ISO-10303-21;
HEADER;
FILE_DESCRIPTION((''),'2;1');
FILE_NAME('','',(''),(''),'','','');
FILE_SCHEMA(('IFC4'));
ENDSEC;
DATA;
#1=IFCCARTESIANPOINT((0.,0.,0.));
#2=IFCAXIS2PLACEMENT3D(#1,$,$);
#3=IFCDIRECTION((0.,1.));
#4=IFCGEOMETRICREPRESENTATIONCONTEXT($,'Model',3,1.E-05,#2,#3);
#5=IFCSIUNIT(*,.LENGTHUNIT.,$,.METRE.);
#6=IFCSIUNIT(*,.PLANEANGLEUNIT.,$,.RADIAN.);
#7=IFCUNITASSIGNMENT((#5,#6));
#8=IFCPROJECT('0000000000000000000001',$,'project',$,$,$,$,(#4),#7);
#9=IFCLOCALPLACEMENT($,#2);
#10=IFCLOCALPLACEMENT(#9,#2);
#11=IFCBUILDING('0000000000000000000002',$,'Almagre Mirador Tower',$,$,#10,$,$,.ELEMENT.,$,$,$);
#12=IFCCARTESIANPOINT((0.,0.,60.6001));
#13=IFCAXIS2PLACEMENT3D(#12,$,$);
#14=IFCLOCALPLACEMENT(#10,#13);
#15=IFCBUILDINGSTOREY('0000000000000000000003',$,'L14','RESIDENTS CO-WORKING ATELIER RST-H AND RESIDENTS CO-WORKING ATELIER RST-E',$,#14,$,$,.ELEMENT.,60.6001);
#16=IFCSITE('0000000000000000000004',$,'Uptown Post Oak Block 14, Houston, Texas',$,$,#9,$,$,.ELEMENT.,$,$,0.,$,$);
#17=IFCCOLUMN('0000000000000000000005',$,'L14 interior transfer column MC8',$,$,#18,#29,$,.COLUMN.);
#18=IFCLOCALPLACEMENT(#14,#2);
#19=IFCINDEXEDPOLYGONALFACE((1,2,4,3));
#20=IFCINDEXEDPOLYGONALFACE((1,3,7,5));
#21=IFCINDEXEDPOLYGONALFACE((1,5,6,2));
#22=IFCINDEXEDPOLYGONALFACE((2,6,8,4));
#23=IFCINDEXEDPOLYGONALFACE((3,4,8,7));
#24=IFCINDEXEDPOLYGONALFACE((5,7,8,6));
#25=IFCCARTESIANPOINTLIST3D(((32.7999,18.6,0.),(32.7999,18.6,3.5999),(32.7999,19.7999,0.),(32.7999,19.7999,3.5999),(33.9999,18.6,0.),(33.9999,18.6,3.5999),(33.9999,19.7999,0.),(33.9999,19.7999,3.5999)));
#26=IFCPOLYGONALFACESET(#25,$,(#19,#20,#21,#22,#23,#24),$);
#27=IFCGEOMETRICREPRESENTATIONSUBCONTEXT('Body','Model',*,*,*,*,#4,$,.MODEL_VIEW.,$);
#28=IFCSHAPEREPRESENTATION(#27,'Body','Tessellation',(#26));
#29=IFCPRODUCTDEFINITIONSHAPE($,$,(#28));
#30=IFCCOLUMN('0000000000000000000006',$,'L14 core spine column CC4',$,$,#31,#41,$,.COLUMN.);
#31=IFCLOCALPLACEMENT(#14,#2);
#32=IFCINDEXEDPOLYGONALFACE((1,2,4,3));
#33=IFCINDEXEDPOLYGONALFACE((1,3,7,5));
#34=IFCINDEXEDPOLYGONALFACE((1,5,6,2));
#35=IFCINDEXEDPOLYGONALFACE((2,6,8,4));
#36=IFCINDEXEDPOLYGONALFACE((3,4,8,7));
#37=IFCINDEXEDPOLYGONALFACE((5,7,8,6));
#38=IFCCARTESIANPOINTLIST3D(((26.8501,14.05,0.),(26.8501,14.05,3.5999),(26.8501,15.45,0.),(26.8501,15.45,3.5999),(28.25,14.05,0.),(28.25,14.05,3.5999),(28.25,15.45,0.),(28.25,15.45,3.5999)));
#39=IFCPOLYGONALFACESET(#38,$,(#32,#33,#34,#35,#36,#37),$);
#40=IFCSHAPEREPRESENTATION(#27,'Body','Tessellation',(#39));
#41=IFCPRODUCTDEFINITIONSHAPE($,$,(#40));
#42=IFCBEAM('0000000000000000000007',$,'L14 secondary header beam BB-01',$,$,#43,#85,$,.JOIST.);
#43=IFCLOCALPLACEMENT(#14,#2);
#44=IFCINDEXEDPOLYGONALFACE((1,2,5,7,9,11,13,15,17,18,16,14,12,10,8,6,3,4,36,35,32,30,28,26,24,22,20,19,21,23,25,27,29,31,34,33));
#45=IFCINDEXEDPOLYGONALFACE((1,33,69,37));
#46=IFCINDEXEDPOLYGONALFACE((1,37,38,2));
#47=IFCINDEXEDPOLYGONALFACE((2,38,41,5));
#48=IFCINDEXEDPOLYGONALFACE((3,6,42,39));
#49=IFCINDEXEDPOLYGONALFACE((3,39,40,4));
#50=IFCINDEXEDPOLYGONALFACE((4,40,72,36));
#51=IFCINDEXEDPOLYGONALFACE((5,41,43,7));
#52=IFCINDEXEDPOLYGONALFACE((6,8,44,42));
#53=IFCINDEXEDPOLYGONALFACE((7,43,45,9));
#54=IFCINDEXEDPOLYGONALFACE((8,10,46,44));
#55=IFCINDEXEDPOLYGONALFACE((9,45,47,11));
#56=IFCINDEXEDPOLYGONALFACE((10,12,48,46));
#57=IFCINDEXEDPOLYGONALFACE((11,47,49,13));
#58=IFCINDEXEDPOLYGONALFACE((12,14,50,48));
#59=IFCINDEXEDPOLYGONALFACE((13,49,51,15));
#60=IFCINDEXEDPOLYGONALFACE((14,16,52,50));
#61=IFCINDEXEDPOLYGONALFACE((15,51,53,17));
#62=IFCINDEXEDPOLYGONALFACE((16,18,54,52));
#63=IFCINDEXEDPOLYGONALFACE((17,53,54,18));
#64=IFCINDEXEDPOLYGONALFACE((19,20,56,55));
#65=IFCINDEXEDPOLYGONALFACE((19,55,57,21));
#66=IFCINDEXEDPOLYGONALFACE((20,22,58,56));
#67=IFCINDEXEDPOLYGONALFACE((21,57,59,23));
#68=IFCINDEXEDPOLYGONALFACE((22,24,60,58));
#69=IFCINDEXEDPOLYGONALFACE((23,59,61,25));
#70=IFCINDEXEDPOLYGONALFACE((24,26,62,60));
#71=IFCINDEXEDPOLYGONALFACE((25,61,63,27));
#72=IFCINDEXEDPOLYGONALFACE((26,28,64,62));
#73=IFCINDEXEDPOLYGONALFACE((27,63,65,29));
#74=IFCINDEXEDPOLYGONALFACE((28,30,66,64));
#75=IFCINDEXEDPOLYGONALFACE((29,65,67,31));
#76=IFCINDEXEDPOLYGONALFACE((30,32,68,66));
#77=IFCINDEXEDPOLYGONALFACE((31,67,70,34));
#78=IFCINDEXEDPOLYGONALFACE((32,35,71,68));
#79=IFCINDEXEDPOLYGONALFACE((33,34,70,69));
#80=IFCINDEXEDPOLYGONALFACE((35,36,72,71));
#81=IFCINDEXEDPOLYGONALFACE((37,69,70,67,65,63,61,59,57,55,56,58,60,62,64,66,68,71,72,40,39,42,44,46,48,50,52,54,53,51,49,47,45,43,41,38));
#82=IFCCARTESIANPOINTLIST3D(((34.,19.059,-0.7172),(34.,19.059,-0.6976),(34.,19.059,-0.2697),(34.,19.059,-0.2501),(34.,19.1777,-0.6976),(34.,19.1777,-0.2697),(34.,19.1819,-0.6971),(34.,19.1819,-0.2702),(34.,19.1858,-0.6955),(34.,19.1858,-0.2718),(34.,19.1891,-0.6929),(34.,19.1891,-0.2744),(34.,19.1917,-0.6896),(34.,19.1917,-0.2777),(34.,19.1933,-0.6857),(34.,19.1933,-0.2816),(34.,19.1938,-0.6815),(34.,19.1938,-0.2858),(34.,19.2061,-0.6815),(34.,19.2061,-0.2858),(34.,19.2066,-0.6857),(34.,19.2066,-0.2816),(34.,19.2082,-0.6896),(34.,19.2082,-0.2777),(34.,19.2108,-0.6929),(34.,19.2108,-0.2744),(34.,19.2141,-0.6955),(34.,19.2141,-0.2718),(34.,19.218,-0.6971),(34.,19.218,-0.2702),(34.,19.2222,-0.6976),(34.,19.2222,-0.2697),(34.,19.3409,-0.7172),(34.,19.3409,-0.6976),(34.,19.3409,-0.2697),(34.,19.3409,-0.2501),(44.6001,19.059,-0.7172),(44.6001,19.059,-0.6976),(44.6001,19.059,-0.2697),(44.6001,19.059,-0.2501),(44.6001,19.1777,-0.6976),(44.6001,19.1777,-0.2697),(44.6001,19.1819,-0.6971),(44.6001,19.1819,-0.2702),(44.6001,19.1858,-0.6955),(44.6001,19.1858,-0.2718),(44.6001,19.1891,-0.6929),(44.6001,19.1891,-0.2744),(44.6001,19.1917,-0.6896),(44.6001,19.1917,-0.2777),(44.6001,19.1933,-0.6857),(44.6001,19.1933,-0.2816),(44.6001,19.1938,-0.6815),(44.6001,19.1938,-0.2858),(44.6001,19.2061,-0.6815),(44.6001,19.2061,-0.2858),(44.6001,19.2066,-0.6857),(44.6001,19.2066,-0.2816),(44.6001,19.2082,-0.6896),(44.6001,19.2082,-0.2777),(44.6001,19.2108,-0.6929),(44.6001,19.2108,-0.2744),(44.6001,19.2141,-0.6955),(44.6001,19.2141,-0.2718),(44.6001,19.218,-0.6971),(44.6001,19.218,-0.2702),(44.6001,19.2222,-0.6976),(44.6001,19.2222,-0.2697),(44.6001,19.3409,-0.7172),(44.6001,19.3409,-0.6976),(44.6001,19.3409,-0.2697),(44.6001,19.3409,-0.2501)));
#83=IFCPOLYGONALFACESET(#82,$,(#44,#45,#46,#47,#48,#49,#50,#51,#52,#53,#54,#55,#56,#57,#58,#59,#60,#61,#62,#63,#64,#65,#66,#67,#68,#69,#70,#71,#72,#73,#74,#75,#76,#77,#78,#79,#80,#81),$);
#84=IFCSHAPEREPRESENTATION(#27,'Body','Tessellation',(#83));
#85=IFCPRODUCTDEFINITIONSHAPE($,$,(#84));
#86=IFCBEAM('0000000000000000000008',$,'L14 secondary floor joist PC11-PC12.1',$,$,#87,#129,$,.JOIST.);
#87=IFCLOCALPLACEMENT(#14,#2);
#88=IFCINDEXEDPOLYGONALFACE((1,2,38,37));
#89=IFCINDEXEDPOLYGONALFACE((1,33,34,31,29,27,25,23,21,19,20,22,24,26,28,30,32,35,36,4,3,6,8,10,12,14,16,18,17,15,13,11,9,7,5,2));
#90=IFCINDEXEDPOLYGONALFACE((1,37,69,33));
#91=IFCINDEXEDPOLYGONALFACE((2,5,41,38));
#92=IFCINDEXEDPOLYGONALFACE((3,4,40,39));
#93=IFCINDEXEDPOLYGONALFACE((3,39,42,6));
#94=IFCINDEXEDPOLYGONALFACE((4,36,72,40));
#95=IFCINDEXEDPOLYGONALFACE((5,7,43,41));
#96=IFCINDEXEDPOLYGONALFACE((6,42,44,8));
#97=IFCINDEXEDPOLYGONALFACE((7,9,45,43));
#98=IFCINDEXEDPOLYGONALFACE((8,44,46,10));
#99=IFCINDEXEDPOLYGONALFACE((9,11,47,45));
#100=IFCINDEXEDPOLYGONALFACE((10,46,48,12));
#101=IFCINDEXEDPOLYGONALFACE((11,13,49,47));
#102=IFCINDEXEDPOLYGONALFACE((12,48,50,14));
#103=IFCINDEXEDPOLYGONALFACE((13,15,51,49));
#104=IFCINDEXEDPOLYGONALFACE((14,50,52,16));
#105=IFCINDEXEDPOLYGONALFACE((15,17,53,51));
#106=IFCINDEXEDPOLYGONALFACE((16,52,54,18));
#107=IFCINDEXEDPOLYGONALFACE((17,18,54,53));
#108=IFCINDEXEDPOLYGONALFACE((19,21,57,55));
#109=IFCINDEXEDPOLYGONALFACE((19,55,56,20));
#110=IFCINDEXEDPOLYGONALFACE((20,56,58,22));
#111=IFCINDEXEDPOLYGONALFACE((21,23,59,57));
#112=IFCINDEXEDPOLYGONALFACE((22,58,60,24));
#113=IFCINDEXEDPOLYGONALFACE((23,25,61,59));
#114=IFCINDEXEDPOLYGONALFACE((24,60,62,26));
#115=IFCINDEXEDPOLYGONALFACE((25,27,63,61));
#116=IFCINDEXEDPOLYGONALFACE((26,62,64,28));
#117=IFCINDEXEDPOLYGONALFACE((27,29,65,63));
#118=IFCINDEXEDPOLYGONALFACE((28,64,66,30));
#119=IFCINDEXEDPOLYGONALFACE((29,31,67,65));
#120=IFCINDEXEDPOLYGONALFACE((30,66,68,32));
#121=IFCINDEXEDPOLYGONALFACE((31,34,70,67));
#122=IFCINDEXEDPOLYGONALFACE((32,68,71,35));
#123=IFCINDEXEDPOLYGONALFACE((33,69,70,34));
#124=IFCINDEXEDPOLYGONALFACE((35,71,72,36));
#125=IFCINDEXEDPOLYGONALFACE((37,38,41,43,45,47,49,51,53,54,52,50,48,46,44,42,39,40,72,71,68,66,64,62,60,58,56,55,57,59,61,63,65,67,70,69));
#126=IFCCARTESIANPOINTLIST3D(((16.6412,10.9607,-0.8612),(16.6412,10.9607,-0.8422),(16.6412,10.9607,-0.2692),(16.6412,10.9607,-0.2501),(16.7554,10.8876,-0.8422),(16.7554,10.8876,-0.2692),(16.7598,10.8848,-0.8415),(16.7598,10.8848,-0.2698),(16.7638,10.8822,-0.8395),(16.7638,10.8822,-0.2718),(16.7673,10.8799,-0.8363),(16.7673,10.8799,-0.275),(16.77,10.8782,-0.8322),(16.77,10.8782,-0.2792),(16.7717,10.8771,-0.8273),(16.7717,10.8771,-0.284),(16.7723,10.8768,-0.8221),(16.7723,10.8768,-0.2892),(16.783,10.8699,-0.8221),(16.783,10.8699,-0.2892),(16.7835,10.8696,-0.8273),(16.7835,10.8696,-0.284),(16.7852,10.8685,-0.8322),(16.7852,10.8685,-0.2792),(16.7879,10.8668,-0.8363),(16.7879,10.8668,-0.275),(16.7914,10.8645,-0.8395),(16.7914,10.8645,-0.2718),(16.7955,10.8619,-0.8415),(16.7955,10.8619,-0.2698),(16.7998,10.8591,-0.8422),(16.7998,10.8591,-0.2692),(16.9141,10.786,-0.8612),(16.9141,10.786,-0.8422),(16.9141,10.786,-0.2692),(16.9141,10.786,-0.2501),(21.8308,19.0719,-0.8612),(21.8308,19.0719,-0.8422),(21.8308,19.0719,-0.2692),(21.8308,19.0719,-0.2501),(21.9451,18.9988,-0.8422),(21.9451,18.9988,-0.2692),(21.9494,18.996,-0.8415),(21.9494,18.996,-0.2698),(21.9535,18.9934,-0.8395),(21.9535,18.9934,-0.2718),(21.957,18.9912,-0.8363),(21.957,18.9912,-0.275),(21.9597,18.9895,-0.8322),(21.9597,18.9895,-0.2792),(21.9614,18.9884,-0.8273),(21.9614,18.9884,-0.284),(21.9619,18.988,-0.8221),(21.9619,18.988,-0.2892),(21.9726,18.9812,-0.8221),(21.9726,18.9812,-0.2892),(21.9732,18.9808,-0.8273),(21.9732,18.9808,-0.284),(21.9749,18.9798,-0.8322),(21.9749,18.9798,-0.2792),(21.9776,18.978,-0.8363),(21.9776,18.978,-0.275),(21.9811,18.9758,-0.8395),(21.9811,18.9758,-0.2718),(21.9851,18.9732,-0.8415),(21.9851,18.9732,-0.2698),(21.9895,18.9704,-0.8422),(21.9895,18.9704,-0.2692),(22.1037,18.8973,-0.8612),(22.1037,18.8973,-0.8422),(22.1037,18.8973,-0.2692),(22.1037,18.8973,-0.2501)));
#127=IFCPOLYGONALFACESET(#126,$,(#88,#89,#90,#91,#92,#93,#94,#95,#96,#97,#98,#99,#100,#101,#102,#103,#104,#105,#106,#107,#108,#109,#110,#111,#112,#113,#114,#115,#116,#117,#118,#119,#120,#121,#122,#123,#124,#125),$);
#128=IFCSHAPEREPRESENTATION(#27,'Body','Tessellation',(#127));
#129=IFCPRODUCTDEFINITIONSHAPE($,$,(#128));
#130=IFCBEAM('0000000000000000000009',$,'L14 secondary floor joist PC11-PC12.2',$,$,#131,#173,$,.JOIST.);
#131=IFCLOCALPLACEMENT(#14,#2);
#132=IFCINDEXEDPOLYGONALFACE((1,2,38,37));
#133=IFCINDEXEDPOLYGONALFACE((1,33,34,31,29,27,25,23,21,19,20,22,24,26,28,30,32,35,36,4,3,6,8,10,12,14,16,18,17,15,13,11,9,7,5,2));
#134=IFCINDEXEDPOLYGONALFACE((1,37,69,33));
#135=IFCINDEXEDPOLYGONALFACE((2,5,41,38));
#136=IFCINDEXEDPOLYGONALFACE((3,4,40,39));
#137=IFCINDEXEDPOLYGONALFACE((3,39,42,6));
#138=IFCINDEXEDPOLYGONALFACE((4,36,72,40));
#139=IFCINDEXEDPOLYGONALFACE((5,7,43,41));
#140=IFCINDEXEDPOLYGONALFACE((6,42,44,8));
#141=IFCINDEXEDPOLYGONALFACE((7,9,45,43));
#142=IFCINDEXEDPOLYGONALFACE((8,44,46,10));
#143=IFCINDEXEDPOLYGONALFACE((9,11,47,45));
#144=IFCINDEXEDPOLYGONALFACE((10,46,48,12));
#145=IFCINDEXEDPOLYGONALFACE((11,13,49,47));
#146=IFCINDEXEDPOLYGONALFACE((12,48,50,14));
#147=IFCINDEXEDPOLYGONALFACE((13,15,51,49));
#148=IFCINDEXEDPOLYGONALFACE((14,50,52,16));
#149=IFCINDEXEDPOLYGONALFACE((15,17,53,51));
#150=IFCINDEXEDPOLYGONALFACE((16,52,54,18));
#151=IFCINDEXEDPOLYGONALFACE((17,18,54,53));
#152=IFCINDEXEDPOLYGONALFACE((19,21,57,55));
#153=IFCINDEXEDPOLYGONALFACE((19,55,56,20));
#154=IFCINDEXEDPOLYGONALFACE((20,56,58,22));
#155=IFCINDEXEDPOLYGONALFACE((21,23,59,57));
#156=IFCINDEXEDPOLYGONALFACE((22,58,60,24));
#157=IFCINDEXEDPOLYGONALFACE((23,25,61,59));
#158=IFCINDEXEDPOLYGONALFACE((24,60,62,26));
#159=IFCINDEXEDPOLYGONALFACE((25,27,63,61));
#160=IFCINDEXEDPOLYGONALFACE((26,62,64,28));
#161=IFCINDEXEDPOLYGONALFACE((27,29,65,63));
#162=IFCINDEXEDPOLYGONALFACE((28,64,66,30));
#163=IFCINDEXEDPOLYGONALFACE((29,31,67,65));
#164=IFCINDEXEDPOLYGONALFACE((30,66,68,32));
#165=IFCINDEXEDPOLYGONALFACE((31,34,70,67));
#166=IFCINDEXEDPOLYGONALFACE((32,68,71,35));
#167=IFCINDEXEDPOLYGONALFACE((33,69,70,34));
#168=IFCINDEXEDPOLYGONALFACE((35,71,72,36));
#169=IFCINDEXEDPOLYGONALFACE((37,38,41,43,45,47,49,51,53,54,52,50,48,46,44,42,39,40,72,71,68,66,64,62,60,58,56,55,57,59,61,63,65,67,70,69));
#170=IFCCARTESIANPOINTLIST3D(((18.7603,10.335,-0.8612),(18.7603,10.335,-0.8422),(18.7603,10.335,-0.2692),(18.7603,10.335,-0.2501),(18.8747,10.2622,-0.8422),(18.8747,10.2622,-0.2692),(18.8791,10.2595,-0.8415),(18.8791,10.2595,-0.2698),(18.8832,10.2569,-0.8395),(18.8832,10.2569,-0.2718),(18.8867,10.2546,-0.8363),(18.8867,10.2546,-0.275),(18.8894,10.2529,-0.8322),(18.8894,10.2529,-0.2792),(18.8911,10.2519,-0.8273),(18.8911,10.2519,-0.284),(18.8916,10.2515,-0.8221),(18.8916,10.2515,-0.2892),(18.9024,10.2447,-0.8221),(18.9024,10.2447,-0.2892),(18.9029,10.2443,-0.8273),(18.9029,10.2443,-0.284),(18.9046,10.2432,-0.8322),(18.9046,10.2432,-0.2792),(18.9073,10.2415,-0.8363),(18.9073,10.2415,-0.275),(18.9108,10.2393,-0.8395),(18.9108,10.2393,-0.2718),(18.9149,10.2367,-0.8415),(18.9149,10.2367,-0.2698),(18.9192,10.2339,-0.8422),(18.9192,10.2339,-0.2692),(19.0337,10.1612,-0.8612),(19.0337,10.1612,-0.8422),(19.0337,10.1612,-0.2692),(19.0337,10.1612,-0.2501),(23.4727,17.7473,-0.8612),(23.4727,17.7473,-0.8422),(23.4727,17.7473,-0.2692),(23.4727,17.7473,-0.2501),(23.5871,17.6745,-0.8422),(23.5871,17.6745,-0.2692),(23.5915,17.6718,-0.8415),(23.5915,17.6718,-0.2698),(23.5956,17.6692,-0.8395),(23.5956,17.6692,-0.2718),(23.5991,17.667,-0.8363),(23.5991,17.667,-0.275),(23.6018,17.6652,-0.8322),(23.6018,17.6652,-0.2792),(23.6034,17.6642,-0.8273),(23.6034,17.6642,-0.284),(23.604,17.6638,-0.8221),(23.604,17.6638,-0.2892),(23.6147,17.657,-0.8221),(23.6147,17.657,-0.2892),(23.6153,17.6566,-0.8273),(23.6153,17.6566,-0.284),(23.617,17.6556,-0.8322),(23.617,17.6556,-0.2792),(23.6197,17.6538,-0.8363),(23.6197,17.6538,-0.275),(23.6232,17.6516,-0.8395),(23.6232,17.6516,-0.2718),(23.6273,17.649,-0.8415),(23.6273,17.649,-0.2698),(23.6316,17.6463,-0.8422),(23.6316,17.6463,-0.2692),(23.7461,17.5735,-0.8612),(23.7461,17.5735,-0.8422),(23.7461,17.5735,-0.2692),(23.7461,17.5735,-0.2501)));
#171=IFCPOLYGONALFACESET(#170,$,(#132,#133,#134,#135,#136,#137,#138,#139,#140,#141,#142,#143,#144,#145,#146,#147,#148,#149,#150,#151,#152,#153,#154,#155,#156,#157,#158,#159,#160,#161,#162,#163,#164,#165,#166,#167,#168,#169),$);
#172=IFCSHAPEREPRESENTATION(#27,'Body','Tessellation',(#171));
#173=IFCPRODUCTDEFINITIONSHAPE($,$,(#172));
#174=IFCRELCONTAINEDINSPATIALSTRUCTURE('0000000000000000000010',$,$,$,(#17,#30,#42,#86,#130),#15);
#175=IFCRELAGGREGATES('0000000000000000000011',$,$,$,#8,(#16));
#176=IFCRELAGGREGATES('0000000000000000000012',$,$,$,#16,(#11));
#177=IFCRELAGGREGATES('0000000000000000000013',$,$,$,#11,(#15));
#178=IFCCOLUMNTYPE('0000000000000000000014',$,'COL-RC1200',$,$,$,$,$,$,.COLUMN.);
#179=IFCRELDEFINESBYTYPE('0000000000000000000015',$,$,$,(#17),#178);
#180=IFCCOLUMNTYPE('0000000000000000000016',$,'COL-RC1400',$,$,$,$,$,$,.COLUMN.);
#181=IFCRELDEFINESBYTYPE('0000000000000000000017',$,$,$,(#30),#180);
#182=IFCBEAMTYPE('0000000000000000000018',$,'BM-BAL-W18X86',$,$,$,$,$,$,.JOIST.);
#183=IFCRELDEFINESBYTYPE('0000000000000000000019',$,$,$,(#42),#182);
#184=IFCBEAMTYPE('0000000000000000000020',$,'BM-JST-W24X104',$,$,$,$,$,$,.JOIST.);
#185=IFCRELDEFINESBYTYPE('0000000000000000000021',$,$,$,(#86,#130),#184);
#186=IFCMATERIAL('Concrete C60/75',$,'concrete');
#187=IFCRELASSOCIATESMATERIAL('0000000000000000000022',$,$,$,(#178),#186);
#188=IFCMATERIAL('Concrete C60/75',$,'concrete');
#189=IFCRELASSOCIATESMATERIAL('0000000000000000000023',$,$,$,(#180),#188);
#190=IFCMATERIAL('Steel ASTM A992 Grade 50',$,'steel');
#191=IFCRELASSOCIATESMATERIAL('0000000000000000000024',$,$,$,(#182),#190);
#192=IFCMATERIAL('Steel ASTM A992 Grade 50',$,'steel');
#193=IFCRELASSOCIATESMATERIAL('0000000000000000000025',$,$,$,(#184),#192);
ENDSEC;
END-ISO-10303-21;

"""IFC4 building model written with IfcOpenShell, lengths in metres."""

from ifc_helpers import new_model, si_unit, direction, frame, origin, origin_2d, place, context, subcontext, project, spatial, rectangle, i_section, extrude, material, material_profile, profile_set, type_object, element, save


model = new_model("IFC4")

# Units and contexts
model_context = context("Model", 3, precision=1e-05, world=origin(), true_north=direction((0.0, 1.0)))
body_context = subcontext(model_context, "Body", "Model", "MODEL_VIEW")
ifc_project = project(units=[si_unit("LENGTHUNIT", "METRE"), si_unit("PLANEANGLEUNIT", "RADIAN")], contexts=[model_context])

# Site, building, storey
site_placement = place(None, origin())
site = spatial("IfcSite", under=ifc_project, at=site_placement, Name="Uptown Post Oak Block 14, Houston, Texas", CompositionType="ELEMENT", RefElevation=0.0)
building_placement = place(site_placement, origin())
building = spatial("IfcBuilding", under=site, at=building_placement, Name="Almagre Mirador Tower", CompositionType="ELEMENT")
storey_placement = place(building_placement, frame((0.0, 0.0, 60.6001)))
storey = spatial("IfcBuildingStorey", under=building, at=storey_placement, Name="L14", Description="RESIDENTS CO-WORKING ATELIER RST-H AND RESIDENTS CO-WORKING ATELIER RST-E", CompositionType="ELEMENT", Elevation=60.6001)

# Columns
ifc_material_1 = material(Name="Concrete C60/75", Category="concrete")
ifc_material_profile_1 = material_profile(ifc_material_1, rectangle(XDim=1.2, YDim=1.2, at=origin_2d()), Name="RC1200X1200")
ifc_profile_set_1 = profile_set([ifc_material_profile_1], Name="Concrete C60/75")
column_type_1 = type_object("IfcColumnType", Name="COL-RC1200", PredefinedType="COLUMN", material=ifc_profile_set_1)
column_1_placement = place(storey_placement, frame((33.3999, 19.2, 0.0), z_axis=(0.0, 0.0, 1.0), x_axis=(1.0, 0.0, 0.0)))
element("IfcColumn", 1, at=column_1_placement, inside=storey, type_object=column_type_1, Name="L14 interior transfer column MC8", PredefinedType="COLUMN", context=body_context, shape_type="SweptSolid", body=[
    extrude(rectangle(XDim=1.2, YDim=1.2, at=origin_2d()), origin(), (0.0, 0.0, 1.0), 3.5999),
])
ifc_material_2 = material(Name="Concrete C60/75", Category="concrete")
ifc_material_profile_2 = material_profile(ifc_material_2, rectangle(XDim=1.3999, YDim=1.3999, at=origin_2d()), Name="RC1400X1400")
ifc_profile_set_2 = profile_set([ifc_material_profile_2], Name="Concrete C60/75")
column_type_2 = type_object("IfcColumnType", Name="COL-RC1400", PredefinedType="COLUMN", material=ifc_profile_set_2)
column_2_placement = place(storey_placement, frame((27.55, 14.75, 0.0), z_axis=(0.0, 0.0, 1.0), x_axis=(1.0, 0.0, 0.0)))
element("IfcColumn", 2, at=column_2_placement, inside=storey, type_object=column_type_2, Name="L14 core spine column CC4", PredefinedType="COLUMN", context=body_context, shape_type="SweptSolid", body=[
    extrude(rectangle(XDim=1.3999, YDim=1.3999, at=origin_2d()), origin(), (0.0, 0.0, 1.0), 3.5999),
])

# Beams
ifc_material_3 = material(Name="Steel ASTM A992 Grade 50", Category="steel")
ifc_material_profile_3 = material_profile(ifc_material_3, i_section(OverallWidth=0.282, OverallDepth=0.467, WebThickness=0.0122, FlangeThickness=0.0195, FilletRadius=0.0161, at=origin_2d()), Name="W18X86")
ifc_profile_set_3 = profile_set([ifc_material_profile_3], Name="Steel ASTM A992 Grade 50")
beam_type_1 = type_object("IfcBeamType", Name="BM-BAL-W18X86", PredefinedType="JOIST", material=ifc_profile_set_3)
beam_1_placement = place(storey_placement, frame((34.0, 19.2, -0.4836), z_axis=(1.0, 0.0, 0.0), x_axis=(0.0, 1.0, 0.0)))
element("IfcBeam", 3, at=beam_1_placement, inside=storey, type_object=beam_type_1, Name="L14 secondary header beam BB-01", PredefinedType="JOIST", context=body_context, shape_type="SweptSolid", body=[
    extrude(i_section(OverallWidth=0.282, OverallDepth=0.467, WebThickness=0.0122, FlangeThickness=0.0195, FilletRadius=0.0161, at=origin_2d()), origin(), (0.0, 0.0, 1.0), 10.6001),
])
ifc_material_4 = material(Name="Steel ASTM A992 Grade 50", Category="steel")
ifc_material_profile_4 = material_profile(ifc_material_4, i_section(OverallWidth=0.324, OverallDepth=0.6111, WebThickness=0.0127, FlangeThickness=0.019, FilletRadius=0.02, at=origin_2d()), Name="W24X104")
ifc_profile_set_4 = profile_set([ifc_material_profile_4], Name="Steel ASTM A992 Grade 50")
beam_type_2 = type_object("IfcBeamType", Name="BM-JST-W24X104", PredefinedType="JOIST", material=ifc_profile_set_4)
beam_2_placement = place(storey_placement, frame((21.9673, 18.9846, -0.5557), z_axis=(-0.538939, -0.842345, 0.0), x_axis=(0.842345, -0.538939, 0.0)))
element("IfcBeam", 4, at=beam_2_placement, inside=storey, type_object=beam_type_2, Name="L14 secondary floor joist PC11-PC12.1", PredefinedType="JOIST", context=body_context, shape_type="SweptSolid", body=[
    extrude(i_section(OverallWidth=0.324, OverallDepth=0.6111, WebThickness=0.0127, FlangeThickness=0.019, FilletRadius=0.02, at=origin_2d()), origin(), (0.0, 0.0, 1.0), 9.6294),
])
beam_3_placement = place(storey_placement, frame((23.6094, 17.6604, -0.5557), z_axis=(-0.536507, -0.843896, 0.0), x_axis=(0.843896, -0.536507, 0.0)))
element("IfcBeam", 5, at=beam_3_placement, inside=storey, type_object=beam_type_2, Name="L14 secondary floor joist PC11-PC12.2", PredefinedType="JOIST", context=body_context, shape_type="SweptSolid", body=[
    extrude(i_section(OverallWidth=0.324, OverallDepth=0.6111, WebThickness=0.0127, FlangeThickness=0.019, FilletRadius=0.02, at=origin_2d()), origin(), (0.0, 0.0, 1.0), 8.7834),
])

save(model, "model.ifc")
